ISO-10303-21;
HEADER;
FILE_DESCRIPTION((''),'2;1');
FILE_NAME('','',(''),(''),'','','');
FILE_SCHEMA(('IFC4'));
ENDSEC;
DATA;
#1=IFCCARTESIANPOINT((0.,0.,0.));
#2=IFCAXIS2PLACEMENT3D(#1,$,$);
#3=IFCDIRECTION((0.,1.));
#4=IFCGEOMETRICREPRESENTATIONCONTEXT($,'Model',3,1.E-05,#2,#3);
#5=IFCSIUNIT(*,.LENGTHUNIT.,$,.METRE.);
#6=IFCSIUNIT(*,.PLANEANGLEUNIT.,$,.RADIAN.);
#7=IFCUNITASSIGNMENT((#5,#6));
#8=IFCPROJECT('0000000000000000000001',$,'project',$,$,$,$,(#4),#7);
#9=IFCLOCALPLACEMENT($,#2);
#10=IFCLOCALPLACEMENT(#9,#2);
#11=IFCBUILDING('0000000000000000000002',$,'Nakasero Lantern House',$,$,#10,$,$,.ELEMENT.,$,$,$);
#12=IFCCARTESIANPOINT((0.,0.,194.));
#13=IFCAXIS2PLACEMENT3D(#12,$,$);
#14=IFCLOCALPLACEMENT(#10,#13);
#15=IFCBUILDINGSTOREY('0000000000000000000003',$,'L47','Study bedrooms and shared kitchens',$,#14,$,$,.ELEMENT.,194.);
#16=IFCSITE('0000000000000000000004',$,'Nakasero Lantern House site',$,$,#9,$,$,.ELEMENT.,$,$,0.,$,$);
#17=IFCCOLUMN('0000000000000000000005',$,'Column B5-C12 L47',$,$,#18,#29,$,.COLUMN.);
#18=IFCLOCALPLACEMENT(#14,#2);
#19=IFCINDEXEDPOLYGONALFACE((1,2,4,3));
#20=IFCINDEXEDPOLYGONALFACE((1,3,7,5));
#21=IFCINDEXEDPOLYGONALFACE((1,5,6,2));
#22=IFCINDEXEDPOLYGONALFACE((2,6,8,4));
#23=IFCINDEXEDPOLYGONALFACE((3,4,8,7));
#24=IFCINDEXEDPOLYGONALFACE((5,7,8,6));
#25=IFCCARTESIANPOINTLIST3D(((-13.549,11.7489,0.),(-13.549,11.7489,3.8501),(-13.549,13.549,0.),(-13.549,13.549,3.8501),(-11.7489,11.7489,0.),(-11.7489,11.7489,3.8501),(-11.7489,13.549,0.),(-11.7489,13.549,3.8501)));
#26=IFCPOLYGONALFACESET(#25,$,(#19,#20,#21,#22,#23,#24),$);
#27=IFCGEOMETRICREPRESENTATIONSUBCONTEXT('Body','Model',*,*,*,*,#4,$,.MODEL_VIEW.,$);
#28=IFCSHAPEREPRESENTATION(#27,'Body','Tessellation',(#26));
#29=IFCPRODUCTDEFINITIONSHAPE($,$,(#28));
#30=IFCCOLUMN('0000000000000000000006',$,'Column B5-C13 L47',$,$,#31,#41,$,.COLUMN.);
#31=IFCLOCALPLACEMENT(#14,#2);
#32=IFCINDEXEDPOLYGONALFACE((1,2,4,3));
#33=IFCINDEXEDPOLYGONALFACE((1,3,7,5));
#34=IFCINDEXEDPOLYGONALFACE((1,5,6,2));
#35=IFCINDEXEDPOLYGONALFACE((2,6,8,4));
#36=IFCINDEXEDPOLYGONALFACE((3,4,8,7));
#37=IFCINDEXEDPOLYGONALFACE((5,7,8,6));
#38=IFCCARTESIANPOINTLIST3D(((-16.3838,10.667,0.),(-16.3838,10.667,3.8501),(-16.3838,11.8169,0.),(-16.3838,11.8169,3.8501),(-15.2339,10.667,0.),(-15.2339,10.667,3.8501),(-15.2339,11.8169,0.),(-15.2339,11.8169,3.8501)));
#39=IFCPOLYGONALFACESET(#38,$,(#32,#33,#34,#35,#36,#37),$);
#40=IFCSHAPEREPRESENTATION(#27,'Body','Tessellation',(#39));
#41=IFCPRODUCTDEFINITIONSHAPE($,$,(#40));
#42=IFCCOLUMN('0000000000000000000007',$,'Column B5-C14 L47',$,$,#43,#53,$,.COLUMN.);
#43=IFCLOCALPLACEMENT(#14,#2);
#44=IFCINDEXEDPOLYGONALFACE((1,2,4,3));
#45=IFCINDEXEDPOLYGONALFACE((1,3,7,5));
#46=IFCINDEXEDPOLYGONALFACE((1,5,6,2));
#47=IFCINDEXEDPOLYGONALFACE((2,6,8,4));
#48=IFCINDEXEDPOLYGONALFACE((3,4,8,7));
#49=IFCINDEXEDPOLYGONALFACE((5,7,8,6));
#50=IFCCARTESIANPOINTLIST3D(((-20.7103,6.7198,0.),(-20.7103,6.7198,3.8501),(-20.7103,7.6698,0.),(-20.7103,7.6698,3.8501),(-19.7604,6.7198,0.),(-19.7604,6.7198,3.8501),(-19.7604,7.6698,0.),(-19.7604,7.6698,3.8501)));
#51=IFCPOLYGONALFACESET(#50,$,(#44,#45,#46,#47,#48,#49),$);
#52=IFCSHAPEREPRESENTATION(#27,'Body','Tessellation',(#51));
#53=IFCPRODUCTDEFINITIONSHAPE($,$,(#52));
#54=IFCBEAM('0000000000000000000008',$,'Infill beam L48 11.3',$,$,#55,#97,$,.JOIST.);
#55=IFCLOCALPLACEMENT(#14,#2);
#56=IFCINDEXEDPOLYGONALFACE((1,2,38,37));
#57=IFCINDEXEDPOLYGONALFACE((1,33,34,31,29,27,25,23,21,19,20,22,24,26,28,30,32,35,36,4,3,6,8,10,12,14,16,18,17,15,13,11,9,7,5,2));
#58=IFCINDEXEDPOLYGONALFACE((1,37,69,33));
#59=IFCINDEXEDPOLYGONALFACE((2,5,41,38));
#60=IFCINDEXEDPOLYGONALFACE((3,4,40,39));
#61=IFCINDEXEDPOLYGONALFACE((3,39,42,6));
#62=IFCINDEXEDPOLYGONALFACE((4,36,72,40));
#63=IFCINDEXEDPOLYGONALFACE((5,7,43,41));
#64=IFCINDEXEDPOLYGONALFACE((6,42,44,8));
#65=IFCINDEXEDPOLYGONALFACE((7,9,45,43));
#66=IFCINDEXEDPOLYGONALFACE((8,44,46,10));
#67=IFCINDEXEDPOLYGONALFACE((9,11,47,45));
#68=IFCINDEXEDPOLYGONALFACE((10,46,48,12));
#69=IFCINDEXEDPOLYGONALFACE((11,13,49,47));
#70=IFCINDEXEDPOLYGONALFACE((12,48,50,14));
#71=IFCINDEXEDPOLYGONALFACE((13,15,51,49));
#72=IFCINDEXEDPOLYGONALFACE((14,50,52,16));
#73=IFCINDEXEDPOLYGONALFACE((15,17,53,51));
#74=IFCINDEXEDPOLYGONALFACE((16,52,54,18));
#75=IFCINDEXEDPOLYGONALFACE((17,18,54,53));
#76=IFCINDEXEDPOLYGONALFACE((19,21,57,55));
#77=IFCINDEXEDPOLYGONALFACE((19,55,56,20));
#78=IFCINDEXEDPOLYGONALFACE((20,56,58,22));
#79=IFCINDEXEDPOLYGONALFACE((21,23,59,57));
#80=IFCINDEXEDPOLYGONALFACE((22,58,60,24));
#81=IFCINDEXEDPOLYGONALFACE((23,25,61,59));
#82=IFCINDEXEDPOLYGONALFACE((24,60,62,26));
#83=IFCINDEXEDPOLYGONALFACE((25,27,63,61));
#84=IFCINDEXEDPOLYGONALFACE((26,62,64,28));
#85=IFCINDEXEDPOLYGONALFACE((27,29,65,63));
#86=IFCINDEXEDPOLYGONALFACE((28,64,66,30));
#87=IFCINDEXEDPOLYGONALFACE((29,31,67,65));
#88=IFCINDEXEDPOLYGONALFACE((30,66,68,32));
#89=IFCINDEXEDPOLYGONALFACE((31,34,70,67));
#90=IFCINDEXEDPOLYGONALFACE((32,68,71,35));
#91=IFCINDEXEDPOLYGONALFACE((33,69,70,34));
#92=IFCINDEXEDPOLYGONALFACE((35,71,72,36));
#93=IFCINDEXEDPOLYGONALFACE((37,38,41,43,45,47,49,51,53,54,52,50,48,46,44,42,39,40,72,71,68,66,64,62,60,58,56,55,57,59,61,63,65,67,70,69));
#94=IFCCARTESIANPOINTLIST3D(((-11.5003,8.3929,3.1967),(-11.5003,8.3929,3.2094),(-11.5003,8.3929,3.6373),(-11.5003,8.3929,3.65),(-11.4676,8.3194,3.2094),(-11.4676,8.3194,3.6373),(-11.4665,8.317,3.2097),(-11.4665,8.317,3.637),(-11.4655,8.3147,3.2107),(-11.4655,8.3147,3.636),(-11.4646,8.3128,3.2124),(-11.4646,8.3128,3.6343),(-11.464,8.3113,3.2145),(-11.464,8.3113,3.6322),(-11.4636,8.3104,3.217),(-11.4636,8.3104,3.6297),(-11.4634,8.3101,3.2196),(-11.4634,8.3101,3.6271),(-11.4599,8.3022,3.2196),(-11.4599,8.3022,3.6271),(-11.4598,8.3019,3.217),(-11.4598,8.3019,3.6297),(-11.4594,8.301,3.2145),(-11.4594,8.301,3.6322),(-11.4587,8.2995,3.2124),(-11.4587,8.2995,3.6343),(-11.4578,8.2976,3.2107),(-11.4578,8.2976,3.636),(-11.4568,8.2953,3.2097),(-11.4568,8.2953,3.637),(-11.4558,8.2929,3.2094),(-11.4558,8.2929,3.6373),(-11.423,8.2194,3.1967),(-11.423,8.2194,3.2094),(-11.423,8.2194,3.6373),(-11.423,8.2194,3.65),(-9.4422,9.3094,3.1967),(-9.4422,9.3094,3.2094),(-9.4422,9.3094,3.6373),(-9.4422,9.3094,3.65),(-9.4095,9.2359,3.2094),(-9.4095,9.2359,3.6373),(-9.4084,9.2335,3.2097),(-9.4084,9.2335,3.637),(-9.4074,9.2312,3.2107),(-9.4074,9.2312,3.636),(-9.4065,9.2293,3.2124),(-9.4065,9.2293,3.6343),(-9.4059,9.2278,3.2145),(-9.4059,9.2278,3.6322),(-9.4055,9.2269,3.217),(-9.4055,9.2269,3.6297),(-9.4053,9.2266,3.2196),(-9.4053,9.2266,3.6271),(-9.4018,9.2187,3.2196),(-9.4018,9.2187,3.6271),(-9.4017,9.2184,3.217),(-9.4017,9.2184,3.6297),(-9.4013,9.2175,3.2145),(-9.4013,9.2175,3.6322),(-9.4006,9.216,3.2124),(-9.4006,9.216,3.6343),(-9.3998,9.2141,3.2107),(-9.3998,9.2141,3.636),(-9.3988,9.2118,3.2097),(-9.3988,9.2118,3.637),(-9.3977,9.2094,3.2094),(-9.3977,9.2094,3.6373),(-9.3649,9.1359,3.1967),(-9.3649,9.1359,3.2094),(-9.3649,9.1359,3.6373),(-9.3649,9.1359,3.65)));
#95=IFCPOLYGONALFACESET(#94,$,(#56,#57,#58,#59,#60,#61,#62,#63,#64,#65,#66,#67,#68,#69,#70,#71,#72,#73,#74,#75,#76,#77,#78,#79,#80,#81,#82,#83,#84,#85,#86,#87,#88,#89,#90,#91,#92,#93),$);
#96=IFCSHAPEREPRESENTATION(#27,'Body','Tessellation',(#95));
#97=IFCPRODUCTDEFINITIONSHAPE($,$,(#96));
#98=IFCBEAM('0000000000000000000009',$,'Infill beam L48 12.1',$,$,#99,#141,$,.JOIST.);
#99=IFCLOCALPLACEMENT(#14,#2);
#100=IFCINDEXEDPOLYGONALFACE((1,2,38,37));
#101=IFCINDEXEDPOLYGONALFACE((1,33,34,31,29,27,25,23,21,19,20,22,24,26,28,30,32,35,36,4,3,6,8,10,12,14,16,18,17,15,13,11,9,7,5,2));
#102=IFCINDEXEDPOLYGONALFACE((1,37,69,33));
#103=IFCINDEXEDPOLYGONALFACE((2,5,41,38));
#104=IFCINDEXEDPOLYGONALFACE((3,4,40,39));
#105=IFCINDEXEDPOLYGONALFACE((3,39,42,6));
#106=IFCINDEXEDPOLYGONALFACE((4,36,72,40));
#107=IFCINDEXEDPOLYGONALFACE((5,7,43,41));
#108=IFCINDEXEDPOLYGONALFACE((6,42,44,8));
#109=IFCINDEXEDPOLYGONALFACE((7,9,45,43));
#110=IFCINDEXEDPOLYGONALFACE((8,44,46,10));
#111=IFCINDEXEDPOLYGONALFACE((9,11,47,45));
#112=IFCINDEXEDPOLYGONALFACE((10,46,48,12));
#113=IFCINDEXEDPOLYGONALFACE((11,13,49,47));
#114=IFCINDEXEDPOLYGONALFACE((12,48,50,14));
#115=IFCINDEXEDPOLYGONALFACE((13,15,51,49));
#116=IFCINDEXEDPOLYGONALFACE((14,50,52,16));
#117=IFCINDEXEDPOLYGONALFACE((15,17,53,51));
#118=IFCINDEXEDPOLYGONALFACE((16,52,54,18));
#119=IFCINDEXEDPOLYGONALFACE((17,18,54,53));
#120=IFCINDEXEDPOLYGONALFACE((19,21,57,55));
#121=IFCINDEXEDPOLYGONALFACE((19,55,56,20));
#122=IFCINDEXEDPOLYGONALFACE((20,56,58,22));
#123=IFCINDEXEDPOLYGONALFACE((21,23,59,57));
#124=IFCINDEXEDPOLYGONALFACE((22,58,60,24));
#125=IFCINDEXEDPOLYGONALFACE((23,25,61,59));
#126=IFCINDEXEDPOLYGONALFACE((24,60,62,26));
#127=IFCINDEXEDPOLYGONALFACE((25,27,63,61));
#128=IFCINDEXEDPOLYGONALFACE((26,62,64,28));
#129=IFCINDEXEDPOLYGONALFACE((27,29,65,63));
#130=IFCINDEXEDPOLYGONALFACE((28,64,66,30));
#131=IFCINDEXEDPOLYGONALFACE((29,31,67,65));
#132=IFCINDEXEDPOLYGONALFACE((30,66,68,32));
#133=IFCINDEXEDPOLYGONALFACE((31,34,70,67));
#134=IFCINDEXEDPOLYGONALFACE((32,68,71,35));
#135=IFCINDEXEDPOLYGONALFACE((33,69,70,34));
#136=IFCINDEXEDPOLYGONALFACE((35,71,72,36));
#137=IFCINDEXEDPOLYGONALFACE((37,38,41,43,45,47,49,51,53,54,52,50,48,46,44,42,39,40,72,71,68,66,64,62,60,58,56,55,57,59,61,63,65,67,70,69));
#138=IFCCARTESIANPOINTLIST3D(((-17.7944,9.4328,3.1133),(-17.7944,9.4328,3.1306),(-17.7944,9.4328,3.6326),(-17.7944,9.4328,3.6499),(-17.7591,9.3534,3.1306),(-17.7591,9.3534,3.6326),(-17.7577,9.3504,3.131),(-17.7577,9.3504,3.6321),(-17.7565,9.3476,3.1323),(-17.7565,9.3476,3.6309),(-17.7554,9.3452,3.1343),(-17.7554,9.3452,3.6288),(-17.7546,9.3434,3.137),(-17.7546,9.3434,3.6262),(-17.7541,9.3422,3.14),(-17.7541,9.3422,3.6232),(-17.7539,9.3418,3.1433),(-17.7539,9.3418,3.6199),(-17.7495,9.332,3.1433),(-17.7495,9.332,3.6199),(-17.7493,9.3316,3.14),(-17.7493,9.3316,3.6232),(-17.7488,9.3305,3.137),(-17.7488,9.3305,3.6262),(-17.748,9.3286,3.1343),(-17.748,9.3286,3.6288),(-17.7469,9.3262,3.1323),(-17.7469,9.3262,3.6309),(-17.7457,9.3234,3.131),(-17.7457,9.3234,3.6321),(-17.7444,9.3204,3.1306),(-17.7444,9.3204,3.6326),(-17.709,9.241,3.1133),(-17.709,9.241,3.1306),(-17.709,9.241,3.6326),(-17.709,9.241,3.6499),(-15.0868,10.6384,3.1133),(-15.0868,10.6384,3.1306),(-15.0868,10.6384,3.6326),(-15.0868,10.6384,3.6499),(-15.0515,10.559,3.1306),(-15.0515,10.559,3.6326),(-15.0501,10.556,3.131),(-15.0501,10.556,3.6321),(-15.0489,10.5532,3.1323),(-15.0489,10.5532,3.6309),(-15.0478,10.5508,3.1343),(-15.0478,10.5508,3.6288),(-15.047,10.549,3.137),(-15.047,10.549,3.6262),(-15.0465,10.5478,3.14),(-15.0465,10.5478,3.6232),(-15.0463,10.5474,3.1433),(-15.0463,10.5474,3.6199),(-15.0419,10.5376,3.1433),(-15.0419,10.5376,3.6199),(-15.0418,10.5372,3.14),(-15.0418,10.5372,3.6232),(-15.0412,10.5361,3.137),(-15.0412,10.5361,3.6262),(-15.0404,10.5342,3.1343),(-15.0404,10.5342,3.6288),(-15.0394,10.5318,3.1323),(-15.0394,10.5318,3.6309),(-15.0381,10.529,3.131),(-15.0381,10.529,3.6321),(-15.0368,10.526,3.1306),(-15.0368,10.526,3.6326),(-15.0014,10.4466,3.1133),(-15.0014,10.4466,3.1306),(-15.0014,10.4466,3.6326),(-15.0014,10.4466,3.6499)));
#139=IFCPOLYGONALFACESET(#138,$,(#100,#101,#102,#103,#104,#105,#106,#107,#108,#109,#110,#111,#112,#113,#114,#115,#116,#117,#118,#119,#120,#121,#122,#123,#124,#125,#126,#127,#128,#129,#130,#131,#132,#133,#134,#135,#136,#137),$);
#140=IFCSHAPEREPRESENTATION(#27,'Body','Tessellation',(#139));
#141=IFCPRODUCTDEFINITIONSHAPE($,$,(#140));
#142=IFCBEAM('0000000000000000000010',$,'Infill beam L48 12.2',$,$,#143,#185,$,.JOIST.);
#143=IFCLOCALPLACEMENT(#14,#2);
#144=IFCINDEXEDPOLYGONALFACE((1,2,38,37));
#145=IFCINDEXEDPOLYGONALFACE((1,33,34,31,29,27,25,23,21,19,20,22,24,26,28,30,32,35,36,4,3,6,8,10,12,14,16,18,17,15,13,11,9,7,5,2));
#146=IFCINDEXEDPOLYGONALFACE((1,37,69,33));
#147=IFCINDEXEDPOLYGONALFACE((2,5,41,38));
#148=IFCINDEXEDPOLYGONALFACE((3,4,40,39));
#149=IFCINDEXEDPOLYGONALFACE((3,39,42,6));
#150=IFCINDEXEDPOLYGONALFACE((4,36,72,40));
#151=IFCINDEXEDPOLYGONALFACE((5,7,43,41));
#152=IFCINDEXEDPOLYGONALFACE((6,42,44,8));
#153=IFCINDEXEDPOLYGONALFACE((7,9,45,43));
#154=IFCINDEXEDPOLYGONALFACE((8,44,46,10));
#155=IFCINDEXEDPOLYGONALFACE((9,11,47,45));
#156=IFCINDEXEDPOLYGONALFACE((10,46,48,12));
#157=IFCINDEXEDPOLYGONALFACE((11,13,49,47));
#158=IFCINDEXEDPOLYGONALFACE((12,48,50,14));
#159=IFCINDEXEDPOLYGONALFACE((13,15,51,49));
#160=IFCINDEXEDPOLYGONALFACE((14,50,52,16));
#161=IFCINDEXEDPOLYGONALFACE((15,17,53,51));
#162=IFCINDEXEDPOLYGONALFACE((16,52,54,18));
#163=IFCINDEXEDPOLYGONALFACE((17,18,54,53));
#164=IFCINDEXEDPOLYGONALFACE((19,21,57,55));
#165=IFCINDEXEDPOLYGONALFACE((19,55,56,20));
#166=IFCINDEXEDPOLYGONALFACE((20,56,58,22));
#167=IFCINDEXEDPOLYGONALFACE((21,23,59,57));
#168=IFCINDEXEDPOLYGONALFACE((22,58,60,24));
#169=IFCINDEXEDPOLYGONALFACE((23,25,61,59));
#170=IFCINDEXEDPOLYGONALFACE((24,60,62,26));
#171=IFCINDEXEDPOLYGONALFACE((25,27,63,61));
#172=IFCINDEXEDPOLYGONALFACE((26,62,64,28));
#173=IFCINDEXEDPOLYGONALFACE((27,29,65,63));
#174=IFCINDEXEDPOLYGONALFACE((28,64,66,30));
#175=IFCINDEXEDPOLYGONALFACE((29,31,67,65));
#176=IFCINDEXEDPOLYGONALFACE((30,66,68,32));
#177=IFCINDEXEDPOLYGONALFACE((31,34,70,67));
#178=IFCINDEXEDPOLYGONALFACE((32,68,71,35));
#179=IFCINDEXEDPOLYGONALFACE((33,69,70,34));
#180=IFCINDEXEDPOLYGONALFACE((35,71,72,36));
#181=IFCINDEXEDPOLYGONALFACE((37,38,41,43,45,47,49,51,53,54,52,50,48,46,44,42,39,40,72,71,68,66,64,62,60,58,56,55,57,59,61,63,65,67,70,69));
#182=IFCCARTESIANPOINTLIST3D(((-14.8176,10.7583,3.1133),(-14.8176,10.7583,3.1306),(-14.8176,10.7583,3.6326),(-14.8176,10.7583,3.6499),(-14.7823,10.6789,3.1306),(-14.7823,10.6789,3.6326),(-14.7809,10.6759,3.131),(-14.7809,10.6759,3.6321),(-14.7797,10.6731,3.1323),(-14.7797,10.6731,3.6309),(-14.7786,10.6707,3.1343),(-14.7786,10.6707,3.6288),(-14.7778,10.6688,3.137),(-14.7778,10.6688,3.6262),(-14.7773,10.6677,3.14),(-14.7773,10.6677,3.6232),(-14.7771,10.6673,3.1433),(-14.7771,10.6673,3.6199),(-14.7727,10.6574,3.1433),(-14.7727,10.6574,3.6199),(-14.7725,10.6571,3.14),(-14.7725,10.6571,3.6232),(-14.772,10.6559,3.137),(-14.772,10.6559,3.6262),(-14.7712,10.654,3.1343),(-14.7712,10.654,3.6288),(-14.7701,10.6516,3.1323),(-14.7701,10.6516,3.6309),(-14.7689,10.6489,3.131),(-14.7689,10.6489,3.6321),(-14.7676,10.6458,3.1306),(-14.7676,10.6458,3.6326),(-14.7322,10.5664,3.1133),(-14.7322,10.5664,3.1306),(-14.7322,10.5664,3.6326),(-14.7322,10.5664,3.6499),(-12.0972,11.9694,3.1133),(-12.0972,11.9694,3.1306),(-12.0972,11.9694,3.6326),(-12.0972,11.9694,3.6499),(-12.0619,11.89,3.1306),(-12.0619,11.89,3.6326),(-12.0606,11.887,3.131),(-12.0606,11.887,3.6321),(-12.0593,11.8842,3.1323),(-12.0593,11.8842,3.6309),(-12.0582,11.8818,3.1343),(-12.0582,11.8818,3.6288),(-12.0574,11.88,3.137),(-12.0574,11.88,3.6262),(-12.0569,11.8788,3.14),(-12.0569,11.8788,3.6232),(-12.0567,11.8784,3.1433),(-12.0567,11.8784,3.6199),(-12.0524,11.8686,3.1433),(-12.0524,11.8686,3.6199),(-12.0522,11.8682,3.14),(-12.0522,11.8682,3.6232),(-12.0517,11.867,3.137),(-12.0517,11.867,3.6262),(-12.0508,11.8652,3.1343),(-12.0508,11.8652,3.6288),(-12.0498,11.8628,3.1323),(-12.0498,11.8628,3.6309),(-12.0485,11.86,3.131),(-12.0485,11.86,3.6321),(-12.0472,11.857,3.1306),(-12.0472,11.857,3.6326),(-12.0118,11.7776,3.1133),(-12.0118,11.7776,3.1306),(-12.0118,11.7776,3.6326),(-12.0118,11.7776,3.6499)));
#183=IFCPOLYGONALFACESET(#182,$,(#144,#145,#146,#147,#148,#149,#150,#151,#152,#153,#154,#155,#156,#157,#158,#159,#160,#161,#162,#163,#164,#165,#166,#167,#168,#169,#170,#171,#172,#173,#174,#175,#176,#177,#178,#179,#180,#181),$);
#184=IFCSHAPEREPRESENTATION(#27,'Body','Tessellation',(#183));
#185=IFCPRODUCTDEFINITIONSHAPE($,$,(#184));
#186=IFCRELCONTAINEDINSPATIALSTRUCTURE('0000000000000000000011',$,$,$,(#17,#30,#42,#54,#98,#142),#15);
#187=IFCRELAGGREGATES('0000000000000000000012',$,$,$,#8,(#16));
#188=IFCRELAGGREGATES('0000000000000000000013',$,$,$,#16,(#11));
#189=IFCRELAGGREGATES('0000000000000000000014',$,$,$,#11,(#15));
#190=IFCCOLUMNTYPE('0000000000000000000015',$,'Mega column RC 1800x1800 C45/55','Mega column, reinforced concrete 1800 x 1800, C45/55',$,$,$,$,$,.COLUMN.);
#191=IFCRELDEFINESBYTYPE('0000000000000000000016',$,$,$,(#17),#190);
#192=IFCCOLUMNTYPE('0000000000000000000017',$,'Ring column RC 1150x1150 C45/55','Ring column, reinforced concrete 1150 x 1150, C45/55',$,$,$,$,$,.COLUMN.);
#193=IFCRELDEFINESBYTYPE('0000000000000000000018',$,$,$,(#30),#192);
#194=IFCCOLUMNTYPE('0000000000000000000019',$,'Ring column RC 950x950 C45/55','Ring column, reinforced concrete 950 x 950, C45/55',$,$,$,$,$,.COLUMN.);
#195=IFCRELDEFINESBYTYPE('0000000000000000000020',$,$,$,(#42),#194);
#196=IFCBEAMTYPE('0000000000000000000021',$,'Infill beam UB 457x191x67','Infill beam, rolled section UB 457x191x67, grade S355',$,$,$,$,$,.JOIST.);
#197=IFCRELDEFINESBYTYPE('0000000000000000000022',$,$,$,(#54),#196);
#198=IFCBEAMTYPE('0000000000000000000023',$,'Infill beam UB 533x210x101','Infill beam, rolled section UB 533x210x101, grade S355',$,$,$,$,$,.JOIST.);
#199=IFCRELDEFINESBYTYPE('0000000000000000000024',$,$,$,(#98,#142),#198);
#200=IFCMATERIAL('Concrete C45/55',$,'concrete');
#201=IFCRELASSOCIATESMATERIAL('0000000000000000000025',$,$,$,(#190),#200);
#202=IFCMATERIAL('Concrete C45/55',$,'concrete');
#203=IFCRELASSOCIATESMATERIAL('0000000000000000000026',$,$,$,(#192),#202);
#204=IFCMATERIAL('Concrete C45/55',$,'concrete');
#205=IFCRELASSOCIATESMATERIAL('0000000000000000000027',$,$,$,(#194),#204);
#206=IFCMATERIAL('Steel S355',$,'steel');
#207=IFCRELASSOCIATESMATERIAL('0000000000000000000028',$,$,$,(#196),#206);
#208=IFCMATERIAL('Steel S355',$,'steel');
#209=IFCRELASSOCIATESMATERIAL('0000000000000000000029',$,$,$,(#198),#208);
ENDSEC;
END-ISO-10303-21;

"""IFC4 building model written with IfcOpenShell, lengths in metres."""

from ifc_helpers import new_model, si_unit, direction, frame, origin, origin_2d, place, context, subcontext, project, spatial, rectangle, i_section, extrude, material, material_profile, profile_set, type_object, element, save


model = new_model("IFC4")

# Units and contexts
model_context = context("Model", 3, precision=1e-05, world=origin(), true_north=direction((0.0, 1.0)))
body_context = subcontext(model_context, "Body", "Model", "MODEL_VIEW")
ifc_project = project(units=[si_unit("LENGTHUNIT", "METRE"), si_unit("PLANEANGLEUNIT", "RADIAN")], contexts=[model_context])

# Site, building, storey
site_placement = place(None, origin())
site = spatial("IfcSite", under=ifc_project, at=site_placement, Name="Nakasero Lantern House site", CompositionType="ELEMENT", RefElevation=0.0)
building_placement = place(site_placement, origin())
building = spatial("IfcBuilding", under=site, at=building_placement, Name="Nakasero Lantern House", CompositionType="ELEMENT")
storey_placement = place(building_placement, frame((0.0, 0.0, 194.0)))
storey = spatial("IfcBuildingStorey", under=building, at=storey_placement, Name="L47", Description="Study bedrooms and shared kitchens", CompositionType="ELEMENT", Elevation=194.0)

# Columns
ifc_material_1 = material(Name="Concrete C45/55", Category="concrete")
ifc_material_profile_1 = material_profile(ifc_material_1, rectangle(XDim=1.8, YDim=1.8, at=origin_2d()), Name="RC 1800x1800")
ifc_profile_set_1 = profile_set([ifc_material_profile_1], Name="Concrete C45/55")
column_type_1 = type_object("IfcColumnType", Name="Mega column RC 1800x1800 C45/55", Description="Mega column, reinforced concrete 1800 x 1800, C45/55", PredefinedType="COLUMN", material=ifc_profile_set_1)
column_1_placement = place(storey_placement, frame((-12.6489, 12.6489, 0.0), z_axis=(0.0, 0.0, 1.0), x_axis=(1.0, 0.0, 0.0)))
element("IfcColumn", 1, at=column_1_placement, inside=storey, type_object=column_type_1, Name="Column B5-C12 L47", PredefinedType="COLUMN", context=body_context, shape_type="SweptSolid", body=[
    extrude(rectangle(XDim=1.8, YDim=1.8, at=origin_2d()), origin(), (0.0, 0.0, 1.0), 3.8501),
])
ifc_material_2 = material(Name="Concrete C45/55", Category="concrete")
ifc_material_profile_2 = material_profile(ifc_material_2, rectangle(XDim=1.1499, YDim=1.1499, at=origin_2d()), Name="RC 1150x1150")
ifc_profile_set_2 = profile_set([ifc_material_profile_2], Name="Concrete C45/55")
column_type_2 = type_object("IfcColumnType", Name="Ring column RC 1150x1150 C45/55", Description="Ring column, reinforced concrete 1150 x 1150, C45/55", PredefinedType="COLUMN", material=ifc_profile_set_2)
column_2_placement = place(storey_placement, frame((-15.8088, 11.2419, 0.0), z_axis=(0.0, 0.0, 1.0), x_axis=(1.0, 0.0, 0.0)))
element("IfcColumn", 2, at=column_2_placement, inside=storey, type_object=column_type_2, Name="Column B5-C13 L47", PredefinedType="COLUMN", context=body_context, shape_type="SweptSolid", body=[
    extrude(rectangle(XDim=1.1499, YDim=1.1499, at=origin_2d()), origin(), (0.0, 0.0, 1.0), 3.8501),
])
ifc_material_3 = material(Name="Concrete C45/55", Category="concrete")
ifc_material_profile_3 = material_profile(ifc_material_3, rectangle(XDim=0.95, YDim=0.95, at=origin_2d()), Name="RC 950x950")
ifc_profile_set_3 = profile_set([ifc_material_profile_3], Name="Concrete C45/55")
column_type_3 = type_object("IfcColumnType", Name="Ring column RC 950x950 C45/55", Description="Ring column, reinforced concrete 950 x 950, C45/55", PredefinedType="COLUMN", material=ifc_profile_set_3)
column_3_placement = place(storey_placement, frame((-20.2354, 7.1948, 0.0), z_axis=(0.0, 0.0, 1.0), x_axis=(1.0, 0.0, 0.0)))
element("IfcColumn", 3, at=column_3_placement, inside=storey, type_object=column_type_3, Name="Column B5-C14 L47", PredefinedType="COLUMN", context=body_context, shape_type="SweptSolid", body=[
    extrude(rectangle(XDim=0.95, YDim=0.95, at=origin_2d()), origin(), (0.0, 0.0, 1.0), 3.8501),
])

# Beams
ifc_material_4 = material(Name="Steel S355", Category="steel")
ifc_material_profile_4 = material_profile(ifc_material_4, i_section(OverallWidth=0.1899, OverallDepth=0.4534, WebThickness=0.0085, FlangeThickness=0.0127, FilletRadius=0.0103, at=origin_2d()), Name="UB 457x191x67")
ifc_profile_set_4 = profile_set([ifc_material_profile_4], Name="Steel S355")
beam_type_1 = type_object("IfcBeamType", Name="Infill beam UB 457x191x67", Description="Infill beam, rolled section UB 457x191x67, grade S355", PredefinedType="JOIST", material=ifc_profile_set_4)
beam_1_placement = place(storey_placement, frame((-11.4617, 8.3062, 3.4233), z_axis=(0.913516, 0.406802, 0.0), x_axis=(-0.406802, 0.913516, 0.0)))
element("IfcBeam", 4, at=beam_1_placement, inside=storey, type_object=beam_type_1, Name="Infill beam L48 11.3", PredefinedType="JOIST", context=body_context, shape_type="SweptSolid", body=[
    extrude(i_section(OverallWidth=0.1899, OverallDepth=0.4534, WebThickness=0.0085, FlangeThickness=0.0127, FilletRadius=0.0103, at=origin_2d()), origin(), (0.0, 0.0, 1.0), 2.2529),
])
ifc_material_5 = material(Name="Steel S355", Category="steel")
ifc_material_profile_5 = material_profile(ifc_material_5, i_section(OverallWidth=0.21, OverallDepth=0.5366, WebThickness=0.0107, FlangeThickness=0.0173, FilletRadius=0.0127, at=origin_2d()), Name="UB 533x210x101")
ifc_profile_set_5 = profile_set([ifc_material_profile_5], Name="Steel S355")
beam_type_2 = type_object("IfcBeamType", Name="Infill beam UB 533x210x101", Description="Infill beam, rolled section UB 533x210x101, grade S355", PredefinedType="JOIST", material=ifc_profile_set_5)
beam_2_placement = place(storey_placement, frame((-17.7517, 9.3369, 3.3816), z_axis=(0.913533, 0.406765, 0.0), x_axis=(-0.406765, 0.913533, 0.0)))
element("IfcBeam", 5, at=beam_2_placement, inside=storey, type_object=beam_type_2, Name="Infill beam L48 12.1", PredefinedType="JOIST", context=body_context, shape_type="SweptSolid", body=[
    extrude(i_section(OverallWidth=0.21, OverallDepth=0.5366, WebThickness=0.0107, FlangeThickness=0.0173, FilletRadius=0.0127, at=origin_2d()), origin(), (0.0, 0.0, 1.0), 2.9639),
])
beam_3_placement = place(storey_placement, frame((-14.7749, 10.6624, 3.3816), z_axis=(0.913551, 0.406724, 0.0), x_axis=(-0.406724, 0.913551, 0.0)))
element("IfcBeam", 6, at=beam_3_placement, inside=storey, type_object=beam_type_2, Name="Infill beam L48 12.2", PredefinedType="JOIST", context=body_context, shape_type="SweptSolid", body=[
    extrude(i_section(OverallWidth=0.21, OverallDepth=0.5366, WebThickness=0.0107, FlangeThickness=0.0173, FilletRadius=0.0127, at=origin_2d()), origin(), (0.0, 0.0, 1.0), 2.9778),
])

save(model, "model.ifc")
